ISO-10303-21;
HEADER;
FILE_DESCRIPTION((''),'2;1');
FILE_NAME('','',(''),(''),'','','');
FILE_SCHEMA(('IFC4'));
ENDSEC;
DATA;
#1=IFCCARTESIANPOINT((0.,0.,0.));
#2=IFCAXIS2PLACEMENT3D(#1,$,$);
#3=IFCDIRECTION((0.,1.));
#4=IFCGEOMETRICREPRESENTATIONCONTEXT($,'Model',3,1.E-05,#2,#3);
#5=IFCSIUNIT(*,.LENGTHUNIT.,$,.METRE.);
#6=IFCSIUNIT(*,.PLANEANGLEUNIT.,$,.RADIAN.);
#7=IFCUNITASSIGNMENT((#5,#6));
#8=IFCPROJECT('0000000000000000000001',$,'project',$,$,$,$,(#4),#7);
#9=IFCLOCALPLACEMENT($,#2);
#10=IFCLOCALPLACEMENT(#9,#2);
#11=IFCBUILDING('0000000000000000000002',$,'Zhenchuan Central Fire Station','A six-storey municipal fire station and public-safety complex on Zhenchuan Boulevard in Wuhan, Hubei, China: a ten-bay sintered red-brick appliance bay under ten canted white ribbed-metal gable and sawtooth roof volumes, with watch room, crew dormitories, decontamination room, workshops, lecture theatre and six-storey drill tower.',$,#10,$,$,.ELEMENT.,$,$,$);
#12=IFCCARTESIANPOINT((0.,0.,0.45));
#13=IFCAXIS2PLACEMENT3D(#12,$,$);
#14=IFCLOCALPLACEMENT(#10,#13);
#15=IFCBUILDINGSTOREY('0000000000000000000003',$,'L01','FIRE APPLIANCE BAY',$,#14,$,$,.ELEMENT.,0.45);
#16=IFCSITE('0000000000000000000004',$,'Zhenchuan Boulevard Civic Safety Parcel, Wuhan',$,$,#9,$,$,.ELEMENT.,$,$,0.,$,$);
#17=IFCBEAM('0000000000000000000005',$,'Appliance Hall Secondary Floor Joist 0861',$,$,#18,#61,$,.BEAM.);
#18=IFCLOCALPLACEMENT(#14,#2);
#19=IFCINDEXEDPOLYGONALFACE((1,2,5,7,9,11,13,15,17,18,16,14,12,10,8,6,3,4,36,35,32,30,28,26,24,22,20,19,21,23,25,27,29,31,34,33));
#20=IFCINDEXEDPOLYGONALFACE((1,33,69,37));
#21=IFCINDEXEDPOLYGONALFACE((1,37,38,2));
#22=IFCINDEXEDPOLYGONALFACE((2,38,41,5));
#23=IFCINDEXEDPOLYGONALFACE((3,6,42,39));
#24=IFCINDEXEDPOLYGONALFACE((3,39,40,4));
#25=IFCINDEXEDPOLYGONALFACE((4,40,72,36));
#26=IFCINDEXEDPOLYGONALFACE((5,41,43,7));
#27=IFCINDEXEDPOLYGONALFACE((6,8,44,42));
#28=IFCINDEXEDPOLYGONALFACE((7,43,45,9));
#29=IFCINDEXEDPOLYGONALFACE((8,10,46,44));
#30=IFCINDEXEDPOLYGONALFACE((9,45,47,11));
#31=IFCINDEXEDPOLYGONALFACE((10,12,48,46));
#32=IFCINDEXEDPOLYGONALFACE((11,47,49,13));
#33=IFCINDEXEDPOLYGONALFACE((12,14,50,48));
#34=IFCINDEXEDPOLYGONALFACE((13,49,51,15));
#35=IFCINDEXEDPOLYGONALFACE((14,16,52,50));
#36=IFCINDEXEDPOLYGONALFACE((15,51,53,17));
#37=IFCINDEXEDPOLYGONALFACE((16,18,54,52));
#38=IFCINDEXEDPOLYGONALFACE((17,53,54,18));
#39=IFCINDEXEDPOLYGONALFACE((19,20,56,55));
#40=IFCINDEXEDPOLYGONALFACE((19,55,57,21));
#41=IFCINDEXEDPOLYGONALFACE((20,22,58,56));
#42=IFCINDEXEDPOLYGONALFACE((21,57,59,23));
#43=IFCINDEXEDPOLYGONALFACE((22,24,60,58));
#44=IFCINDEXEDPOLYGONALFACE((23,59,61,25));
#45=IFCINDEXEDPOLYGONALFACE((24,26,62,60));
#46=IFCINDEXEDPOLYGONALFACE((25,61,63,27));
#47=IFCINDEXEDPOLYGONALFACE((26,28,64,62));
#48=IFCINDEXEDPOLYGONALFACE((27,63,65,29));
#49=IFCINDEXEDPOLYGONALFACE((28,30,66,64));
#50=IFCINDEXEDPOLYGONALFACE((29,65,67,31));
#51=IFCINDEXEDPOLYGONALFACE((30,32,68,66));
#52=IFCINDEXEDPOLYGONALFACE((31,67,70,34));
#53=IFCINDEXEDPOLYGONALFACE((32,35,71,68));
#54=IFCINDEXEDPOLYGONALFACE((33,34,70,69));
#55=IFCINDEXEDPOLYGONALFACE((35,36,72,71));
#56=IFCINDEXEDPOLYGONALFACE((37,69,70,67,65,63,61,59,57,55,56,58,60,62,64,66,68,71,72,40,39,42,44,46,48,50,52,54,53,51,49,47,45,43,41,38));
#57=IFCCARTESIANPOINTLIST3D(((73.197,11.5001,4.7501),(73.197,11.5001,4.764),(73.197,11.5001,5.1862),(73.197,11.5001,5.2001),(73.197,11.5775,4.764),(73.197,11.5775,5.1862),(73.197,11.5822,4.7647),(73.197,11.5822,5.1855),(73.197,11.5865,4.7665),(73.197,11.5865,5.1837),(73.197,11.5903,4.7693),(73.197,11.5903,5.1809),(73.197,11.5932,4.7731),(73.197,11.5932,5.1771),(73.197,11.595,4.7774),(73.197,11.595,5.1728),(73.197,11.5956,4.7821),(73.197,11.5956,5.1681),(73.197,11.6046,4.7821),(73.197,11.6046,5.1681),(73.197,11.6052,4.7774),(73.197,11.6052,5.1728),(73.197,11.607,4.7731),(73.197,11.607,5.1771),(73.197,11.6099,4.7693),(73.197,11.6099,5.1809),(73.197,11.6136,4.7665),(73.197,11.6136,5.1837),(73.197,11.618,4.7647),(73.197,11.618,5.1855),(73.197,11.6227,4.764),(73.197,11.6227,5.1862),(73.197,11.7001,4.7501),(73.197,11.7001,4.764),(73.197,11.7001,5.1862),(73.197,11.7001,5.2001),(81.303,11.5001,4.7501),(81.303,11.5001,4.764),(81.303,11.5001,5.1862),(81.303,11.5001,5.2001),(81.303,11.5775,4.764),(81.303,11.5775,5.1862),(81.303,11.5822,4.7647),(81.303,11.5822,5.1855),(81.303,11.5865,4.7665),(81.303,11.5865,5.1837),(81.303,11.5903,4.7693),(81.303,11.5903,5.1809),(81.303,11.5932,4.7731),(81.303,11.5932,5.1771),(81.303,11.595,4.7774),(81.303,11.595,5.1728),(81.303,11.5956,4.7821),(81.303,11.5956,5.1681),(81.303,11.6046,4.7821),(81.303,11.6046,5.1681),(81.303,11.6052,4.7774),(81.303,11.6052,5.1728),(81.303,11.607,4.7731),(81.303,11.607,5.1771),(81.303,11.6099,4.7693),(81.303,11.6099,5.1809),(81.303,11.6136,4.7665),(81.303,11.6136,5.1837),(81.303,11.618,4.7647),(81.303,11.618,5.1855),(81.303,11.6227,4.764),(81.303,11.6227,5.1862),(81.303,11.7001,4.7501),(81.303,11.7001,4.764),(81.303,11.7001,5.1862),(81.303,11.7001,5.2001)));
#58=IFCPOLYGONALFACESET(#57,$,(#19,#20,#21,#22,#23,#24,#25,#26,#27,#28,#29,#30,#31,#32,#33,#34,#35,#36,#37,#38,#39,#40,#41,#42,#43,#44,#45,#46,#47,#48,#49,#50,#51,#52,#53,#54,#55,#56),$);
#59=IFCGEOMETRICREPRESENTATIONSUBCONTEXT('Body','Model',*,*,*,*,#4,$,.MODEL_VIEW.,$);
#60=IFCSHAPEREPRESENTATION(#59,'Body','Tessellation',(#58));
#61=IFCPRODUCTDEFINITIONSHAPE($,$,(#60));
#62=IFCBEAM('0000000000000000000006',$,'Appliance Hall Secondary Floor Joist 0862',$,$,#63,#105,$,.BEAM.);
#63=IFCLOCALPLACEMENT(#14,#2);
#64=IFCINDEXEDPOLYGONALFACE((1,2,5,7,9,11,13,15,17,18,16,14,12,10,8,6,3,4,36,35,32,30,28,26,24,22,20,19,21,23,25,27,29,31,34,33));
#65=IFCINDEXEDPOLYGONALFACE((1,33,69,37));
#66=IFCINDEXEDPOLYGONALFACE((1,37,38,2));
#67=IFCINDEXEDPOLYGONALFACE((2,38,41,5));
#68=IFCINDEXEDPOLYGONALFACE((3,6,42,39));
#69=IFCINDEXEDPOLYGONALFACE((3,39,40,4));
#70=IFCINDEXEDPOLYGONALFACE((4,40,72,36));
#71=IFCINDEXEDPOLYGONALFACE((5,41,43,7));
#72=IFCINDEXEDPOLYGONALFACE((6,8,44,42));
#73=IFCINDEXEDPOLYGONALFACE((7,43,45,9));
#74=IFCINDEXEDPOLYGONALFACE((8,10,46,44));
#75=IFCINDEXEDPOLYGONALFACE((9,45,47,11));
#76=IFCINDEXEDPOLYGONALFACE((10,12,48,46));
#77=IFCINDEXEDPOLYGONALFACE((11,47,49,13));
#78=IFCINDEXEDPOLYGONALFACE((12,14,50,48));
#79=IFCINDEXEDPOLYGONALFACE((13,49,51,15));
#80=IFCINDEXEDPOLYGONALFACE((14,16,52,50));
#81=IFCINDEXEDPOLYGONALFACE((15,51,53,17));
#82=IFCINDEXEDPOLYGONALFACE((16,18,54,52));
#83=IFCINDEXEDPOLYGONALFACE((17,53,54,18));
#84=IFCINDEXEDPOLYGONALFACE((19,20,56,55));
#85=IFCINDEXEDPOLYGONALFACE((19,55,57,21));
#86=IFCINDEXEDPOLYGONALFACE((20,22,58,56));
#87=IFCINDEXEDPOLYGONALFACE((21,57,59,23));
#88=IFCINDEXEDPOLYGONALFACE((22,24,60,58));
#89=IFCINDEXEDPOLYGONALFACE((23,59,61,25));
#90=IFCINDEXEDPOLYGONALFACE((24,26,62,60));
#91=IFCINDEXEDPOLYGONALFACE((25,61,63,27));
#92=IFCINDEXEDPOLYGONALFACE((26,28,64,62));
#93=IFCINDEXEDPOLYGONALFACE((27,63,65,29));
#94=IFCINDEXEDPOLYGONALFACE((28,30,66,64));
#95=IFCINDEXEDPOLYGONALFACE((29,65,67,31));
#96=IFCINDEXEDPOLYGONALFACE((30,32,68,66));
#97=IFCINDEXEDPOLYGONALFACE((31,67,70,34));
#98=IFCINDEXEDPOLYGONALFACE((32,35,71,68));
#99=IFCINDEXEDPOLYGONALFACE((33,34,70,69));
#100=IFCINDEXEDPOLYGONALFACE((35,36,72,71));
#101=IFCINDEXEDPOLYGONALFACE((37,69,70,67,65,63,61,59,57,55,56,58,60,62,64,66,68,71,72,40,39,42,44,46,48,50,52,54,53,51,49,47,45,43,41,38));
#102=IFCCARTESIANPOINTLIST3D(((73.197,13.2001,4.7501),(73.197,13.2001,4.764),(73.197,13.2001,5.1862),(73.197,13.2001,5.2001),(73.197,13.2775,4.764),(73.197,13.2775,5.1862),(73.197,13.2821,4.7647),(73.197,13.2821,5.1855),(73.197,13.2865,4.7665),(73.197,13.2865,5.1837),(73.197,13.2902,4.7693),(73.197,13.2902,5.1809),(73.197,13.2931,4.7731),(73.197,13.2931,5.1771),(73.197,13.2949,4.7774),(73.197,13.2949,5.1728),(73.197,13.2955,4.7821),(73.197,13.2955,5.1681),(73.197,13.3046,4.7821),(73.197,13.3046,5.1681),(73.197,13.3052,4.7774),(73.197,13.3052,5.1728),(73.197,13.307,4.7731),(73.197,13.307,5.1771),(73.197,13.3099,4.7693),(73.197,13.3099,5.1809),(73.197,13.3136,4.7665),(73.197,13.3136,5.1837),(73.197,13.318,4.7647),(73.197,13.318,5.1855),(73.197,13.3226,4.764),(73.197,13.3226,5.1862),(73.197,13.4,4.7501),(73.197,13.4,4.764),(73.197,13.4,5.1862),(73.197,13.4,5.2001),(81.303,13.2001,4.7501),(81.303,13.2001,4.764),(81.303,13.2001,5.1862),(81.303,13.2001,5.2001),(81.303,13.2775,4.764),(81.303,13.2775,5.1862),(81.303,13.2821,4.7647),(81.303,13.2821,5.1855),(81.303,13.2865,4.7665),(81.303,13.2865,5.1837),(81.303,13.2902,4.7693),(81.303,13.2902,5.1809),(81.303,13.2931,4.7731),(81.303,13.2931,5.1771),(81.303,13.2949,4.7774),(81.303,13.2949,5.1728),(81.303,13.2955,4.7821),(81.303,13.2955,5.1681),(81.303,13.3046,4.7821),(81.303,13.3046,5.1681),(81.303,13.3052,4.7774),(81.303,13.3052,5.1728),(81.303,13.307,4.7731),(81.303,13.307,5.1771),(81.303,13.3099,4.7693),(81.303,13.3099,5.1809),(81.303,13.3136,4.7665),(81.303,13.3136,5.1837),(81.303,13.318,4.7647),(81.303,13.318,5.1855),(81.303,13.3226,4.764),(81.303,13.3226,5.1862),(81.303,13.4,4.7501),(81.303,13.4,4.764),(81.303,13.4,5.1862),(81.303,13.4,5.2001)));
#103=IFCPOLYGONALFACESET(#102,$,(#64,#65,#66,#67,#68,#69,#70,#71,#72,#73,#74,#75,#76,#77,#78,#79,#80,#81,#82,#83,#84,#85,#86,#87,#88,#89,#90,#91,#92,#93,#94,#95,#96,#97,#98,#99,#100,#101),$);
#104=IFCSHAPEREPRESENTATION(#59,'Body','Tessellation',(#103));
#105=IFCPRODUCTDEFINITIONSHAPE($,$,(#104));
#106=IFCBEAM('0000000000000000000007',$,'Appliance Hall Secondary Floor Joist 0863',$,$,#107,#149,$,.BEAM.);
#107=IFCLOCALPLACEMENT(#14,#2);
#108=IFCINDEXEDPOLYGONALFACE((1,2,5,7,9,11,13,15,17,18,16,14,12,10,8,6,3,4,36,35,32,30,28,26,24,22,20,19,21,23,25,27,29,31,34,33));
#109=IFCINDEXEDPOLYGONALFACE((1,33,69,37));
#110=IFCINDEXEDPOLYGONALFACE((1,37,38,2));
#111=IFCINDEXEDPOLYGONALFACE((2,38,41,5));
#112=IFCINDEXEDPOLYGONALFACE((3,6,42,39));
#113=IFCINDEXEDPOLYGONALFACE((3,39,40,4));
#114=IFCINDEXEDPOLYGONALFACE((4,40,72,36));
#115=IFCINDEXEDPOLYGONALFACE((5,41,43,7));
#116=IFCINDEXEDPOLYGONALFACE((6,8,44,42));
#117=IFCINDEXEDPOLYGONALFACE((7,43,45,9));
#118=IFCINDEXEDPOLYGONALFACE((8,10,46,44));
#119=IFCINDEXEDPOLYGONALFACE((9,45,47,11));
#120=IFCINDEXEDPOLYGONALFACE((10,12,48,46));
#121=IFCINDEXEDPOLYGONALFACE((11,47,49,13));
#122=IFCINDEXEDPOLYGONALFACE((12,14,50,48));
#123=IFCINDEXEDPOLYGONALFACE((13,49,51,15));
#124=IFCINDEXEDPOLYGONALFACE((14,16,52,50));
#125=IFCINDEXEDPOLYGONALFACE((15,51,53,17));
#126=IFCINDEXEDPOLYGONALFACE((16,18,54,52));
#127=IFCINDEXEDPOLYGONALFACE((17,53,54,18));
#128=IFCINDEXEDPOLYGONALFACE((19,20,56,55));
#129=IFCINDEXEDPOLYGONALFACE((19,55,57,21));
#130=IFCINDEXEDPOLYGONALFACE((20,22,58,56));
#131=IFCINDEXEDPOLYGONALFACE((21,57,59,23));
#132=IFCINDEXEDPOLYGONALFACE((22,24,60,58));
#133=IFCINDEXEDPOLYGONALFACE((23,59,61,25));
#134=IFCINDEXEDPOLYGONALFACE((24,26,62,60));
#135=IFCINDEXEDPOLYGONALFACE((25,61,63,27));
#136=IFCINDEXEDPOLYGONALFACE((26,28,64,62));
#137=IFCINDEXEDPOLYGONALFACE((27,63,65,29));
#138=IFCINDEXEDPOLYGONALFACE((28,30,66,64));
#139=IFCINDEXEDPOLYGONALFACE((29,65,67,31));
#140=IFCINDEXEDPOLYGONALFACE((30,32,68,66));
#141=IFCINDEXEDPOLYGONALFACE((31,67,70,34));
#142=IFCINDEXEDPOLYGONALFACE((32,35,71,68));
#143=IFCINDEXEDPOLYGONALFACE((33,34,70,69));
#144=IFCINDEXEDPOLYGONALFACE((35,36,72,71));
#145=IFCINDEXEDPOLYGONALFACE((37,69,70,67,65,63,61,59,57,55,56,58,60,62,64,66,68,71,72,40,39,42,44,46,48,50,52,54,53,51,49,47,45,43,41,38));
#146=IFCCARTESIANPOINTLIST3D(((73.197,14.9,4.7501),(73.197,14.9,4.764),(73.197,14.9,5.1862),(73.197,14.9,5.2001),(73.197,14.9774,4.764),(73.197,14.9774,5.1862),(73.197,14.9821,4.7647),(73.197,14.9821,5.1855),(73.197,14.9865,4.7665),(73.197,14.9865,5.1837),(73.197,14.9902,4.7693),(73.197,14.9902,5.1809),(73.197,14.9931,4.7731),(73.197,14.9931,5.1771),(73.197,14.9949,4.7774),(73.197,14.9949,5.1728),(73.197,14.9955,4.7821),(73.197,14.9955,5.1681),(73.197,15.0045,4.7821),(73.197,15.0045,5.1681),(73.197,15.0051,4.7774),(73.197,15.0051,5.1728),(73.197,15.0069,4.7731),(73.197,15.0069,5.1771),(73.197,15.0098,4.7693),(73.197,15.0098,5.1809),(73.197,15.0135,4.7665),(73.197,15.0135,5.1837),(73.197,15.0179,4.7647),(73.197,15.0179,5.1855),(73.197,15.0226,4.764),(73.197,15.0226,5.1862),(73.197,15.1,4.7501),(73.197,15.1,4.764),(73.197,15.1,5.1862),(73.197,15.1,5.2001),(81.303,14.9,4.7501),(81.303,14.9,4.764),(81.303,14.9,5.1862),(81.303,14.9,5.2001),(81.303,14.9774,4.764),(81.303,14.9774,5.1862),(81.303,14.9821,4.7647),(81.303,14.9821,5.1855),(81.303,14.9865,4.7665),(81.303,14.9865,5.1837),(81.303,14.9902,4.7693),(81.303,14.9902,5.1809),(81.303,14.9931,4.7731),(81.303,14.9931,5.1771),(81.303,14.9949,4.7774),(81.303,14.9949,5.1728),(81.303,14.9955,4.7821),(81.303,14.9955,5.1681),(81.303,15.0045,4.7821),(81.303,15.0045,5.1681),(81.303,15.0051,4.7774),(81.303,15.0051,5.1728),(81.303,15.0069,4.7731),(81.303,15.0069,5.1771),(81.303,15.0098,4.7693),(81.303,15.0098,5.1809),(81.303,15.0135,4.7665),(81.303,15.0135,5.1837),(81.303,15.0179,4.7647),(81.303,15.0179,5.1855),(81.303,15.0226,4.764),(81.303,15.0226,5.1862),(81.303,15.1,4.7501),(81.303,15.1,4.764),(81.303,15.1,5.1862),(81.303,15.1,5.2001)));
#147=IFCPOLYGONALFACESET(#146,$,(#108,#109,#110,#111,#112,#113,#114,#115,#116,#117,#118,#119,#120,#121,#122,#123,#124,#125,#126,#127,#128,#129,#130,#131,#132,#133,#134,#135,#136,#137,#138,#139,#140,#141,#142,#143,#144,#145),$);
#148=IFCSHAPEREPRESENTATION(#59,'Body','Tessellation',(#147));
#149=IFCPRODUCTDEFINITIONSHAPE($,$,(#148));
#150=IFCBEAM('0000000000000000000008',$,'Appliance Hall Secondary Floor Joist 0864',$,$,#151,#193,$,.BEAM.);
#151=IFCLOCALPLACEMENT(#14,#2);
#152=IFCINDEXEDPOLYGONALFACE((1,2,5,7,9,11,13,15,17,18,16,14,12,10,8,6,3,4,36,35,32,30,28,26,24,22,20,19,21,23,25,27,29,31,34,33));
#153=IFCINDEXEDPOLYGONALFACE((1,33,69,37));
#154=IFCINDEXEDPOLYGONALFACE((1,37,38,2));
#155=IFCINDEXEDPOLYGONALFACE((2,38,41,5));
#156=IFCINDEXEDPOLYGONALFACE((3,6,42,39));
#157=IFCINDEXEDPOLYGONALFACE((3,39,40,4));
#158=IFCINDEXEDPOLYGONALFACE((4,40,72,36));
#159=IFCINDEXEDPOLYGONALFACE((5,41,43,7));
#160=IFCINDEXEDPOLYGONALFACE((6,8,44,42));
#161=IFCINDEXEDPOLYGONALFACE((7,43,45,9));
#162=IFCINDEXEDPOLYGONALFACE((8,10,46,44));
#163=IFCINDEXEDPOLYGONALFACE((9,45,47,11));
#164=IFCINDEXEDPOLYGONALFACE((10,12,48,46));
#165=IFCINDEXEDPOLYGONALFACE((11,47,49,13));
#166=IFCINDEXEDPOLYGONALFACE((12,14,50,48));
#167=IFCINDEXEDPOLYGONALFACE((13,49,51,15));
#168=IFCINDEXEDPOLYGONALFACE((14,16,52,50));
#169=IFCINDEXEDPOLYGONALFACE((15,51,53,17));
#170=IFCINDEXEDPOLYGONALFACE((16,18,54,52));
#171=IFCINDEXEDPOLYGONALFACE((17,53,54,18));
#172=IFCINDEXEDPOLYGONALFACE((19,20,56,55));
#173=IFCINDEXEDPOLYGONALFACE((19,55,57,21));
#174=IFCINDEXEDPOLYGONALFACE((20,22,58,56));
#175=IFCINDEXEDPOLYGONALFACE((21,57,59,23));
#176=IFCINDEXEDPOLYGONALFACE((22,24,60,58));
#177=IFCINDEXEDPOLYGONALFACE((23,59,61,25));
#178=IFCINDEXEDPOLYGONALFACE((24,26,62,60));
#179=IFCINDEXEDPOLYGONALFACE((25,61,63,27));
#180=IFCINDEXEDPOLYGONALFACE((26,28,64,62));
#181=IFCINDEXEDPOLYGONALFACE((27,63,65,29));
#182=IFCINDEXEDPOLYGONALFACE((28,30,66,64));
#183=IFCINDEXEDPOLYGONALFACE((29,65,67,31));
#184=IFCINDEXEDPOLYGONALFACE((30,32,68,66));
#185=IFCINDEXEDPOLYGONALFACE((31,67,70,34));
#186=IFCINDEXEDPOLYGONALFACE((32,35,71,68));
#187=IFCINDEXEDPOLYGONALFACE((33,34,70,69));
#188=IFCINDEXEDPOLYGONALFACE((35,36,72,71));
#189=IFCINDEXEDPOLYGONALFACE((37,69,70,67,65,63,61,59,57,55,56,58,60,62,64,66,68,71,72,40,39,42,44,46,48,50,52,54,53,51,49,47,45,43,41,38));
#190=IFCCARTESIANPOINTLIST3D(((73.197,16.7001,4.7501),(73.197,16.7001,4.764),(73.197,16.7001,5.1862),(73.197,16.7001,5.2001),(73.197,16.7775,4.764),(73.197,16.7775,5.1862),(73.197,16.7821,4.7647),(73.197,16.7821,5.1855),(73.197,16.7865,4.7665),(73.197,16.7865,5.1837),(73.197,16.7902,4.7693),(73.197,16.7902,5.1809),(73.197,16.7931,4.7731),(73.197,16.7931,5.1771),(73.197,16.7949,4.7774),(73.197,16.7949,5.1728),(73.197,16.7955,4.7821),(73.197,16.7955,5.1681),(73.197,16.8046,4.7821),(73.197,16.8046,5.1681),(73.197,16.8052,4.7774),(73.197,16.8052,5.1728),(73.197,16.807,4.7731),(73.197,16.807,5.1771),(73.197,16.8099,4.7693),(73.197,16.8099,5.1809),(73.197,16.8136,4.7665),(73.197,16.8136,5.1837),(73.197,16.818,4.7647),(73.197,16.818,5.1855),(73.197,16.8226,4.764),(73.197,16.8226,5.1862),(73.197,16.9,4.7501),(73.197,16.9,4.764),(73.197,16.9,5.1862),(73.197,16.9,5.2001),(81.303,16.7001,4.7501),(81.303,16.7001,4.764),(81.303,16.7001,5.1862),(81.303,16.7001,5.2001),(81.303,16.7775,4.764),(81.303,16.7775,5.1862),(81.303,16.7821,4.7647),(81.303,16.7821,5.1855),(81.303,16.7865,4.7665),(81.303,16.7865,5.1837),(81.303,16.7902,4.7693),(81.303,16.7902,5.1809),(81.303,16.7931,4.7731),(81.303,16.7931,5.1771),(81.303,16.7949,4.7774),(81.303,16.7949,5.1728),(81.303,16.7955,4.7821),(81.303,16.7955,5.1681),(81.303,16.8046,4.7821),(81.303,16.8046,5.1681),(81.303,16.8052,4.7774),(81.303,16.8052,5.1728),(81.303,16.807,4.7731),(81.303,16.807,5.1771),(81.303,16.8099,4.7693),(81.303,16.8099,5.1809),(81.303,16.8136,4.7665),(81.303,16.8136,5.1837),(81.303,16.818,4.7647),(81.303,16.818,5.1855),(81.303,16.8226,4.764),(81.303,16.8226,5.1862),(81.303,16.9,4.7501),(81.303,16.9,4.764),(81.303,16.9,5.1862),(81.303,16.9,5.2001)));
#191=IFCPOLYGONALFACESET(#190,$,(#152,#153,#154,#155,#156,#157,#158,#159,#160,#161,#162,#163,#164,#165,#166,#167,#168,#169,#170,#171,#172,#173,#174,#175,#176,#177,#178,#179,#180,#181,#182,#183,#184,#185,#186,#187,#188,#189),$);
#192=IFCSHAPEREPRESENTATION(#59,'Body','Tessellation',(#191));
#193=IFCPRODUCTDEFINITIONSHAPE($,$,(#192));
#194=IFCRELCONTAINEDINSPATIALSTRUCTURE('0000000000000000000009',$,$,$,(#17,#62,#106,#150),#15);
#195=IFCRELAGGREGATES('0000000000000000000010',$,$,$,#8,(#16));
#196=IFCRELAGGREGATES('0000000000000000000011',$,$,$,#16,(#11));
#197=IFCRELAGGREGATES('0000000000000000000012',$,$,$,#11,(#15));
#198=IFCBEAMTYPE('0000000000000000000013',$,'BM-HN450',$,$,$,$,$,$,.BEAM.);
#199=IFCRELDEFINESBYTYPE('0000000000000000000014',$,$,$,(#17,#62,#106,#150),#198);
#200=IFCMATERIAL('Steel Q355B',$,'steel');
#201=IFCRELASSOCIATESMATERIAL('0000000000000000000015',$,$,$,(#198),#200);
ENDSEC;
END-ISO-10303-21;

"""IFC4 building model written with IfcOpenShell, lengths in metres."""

from ifc_helpers import new_model, si_unit, direction, frame, origin, origin_2d, place, context, subcontext, project, spatial, i_section, extrude, material, material_profile, profile_set, type_object, element, save


model = new_model("IFC4")

# Units and contexts
model_context = context("Model", 3, precision=1e-05, world=origin(), true_north=direction((0.0, 1.0)))
body_context = subcontext(model_context, "Body", "Model", "MODEL_VIEW")
ifc_project = project(units=[si_unit("LENGTHUNIT", "METRE"), si_unit("PLANEANGLEUNIT", "RADIAN")], contexts=[model_context])

# Site, building, storey
site_placement = place(None, origin())
site = spatial("IfcSite", under=ifc_project, at=site_placement, Name="Zhenchuan Boulevard Civic Safety Parcel, Wuhan", CompositionType="ELEMENT", RefElevation=0.0)
building_placement = place(site_placement, origin())
building = spatial("IfcBuilding", under=site, at=building_placement, Name="Zhenchuan Central Fire Station", Description="A six-storey municipal fire station and public-safety complex on Zhenchuan Boulevard in Wuhan, Hubei, China: a ten-bay sintered red-brick appliance bay under ten canted white ribbed-metal gable and sawtooth roof volumes, with watch room, crew dormitories, decontamination room, workshops, lecture theatre and six-storey drill tower.", CompositionType="ELEMENT")
storey_placement = place(building_placement, frame((0.0, 0.0, 0.45)))
storey = spatial("IfcBuildingStorey", under=building, at=storey_placement, Name="L01", Description="FIRE APPLIANCE BAY", CompositionType="ELEMENT", Elevation=0.45)

# Shared definitions
ifc_material_1 = material(Name="Steel Q355B", Category="steel")

# Beams
ifc_material_profile_1 = material_profile(ifc_material_1, i_section(OverallWidth=0.2, OverallDepth=0.45, WebThickness=0.009, FlangeThickness=0.0139, FilletRadius=0.0181, at=origin_2d()), Name="HN 450x200")
ifc_profile_set_1 = profile_set([ifc_material_profile_1], Name="Steel Q355B")
beam_type_1 = type_object("IfcBeamType", Name="BM-HN450", PredefinedType="BEAM", material=ifc_profile_set_1)
for number, where, z_axis, x_axis, name in (
    (1, (73.197, 11.6001, 4.9751), (1.0, 0.0, 0.0), (0.0, 1.0, 0.0), "Appliance Hall Secondary Floor Joist 0861"),
    (2, (73.197, 13.3, 4.9751), (1.0, 0.0, 0.0), (0.0, 1.0, 0.0), "Appliance Hall Secondary Floor Joist 0862"),
    (3, (73.197, 15.0, 4.9751), (1.0, 0.0, 0.0), (0.0, 1.0, 0.0), "Appliance Hall Secondary Floor Joist 0863"),
    (4, (73.197, 16.8, 4.9751), (1.0, 0.0, 0.0), (0.0, 1.0, 0.0), "Appliance Hall Secondary Floor Joist 0864"),
):
    element("IfcBeam", number, at=place(storey_placement, frame(where, z_axis=z_axis, x_axis=x_axis)), inside=storey, type_object=beam_type_1, Name=name, PredefinedType="BEAM", context=body_context, shape_type="SweptSolid", body=[
        extrude(i_section(OverallWidth=0.2, OverallDepth=0.45, WebThickness=0.009, FlangeThickness=0.0139, FilletRadius=0.0181, at=origin_2d()), origin(), (0.0, 0.0, 1.0), 8.106),
    ])

save(model, "model.ifc")
